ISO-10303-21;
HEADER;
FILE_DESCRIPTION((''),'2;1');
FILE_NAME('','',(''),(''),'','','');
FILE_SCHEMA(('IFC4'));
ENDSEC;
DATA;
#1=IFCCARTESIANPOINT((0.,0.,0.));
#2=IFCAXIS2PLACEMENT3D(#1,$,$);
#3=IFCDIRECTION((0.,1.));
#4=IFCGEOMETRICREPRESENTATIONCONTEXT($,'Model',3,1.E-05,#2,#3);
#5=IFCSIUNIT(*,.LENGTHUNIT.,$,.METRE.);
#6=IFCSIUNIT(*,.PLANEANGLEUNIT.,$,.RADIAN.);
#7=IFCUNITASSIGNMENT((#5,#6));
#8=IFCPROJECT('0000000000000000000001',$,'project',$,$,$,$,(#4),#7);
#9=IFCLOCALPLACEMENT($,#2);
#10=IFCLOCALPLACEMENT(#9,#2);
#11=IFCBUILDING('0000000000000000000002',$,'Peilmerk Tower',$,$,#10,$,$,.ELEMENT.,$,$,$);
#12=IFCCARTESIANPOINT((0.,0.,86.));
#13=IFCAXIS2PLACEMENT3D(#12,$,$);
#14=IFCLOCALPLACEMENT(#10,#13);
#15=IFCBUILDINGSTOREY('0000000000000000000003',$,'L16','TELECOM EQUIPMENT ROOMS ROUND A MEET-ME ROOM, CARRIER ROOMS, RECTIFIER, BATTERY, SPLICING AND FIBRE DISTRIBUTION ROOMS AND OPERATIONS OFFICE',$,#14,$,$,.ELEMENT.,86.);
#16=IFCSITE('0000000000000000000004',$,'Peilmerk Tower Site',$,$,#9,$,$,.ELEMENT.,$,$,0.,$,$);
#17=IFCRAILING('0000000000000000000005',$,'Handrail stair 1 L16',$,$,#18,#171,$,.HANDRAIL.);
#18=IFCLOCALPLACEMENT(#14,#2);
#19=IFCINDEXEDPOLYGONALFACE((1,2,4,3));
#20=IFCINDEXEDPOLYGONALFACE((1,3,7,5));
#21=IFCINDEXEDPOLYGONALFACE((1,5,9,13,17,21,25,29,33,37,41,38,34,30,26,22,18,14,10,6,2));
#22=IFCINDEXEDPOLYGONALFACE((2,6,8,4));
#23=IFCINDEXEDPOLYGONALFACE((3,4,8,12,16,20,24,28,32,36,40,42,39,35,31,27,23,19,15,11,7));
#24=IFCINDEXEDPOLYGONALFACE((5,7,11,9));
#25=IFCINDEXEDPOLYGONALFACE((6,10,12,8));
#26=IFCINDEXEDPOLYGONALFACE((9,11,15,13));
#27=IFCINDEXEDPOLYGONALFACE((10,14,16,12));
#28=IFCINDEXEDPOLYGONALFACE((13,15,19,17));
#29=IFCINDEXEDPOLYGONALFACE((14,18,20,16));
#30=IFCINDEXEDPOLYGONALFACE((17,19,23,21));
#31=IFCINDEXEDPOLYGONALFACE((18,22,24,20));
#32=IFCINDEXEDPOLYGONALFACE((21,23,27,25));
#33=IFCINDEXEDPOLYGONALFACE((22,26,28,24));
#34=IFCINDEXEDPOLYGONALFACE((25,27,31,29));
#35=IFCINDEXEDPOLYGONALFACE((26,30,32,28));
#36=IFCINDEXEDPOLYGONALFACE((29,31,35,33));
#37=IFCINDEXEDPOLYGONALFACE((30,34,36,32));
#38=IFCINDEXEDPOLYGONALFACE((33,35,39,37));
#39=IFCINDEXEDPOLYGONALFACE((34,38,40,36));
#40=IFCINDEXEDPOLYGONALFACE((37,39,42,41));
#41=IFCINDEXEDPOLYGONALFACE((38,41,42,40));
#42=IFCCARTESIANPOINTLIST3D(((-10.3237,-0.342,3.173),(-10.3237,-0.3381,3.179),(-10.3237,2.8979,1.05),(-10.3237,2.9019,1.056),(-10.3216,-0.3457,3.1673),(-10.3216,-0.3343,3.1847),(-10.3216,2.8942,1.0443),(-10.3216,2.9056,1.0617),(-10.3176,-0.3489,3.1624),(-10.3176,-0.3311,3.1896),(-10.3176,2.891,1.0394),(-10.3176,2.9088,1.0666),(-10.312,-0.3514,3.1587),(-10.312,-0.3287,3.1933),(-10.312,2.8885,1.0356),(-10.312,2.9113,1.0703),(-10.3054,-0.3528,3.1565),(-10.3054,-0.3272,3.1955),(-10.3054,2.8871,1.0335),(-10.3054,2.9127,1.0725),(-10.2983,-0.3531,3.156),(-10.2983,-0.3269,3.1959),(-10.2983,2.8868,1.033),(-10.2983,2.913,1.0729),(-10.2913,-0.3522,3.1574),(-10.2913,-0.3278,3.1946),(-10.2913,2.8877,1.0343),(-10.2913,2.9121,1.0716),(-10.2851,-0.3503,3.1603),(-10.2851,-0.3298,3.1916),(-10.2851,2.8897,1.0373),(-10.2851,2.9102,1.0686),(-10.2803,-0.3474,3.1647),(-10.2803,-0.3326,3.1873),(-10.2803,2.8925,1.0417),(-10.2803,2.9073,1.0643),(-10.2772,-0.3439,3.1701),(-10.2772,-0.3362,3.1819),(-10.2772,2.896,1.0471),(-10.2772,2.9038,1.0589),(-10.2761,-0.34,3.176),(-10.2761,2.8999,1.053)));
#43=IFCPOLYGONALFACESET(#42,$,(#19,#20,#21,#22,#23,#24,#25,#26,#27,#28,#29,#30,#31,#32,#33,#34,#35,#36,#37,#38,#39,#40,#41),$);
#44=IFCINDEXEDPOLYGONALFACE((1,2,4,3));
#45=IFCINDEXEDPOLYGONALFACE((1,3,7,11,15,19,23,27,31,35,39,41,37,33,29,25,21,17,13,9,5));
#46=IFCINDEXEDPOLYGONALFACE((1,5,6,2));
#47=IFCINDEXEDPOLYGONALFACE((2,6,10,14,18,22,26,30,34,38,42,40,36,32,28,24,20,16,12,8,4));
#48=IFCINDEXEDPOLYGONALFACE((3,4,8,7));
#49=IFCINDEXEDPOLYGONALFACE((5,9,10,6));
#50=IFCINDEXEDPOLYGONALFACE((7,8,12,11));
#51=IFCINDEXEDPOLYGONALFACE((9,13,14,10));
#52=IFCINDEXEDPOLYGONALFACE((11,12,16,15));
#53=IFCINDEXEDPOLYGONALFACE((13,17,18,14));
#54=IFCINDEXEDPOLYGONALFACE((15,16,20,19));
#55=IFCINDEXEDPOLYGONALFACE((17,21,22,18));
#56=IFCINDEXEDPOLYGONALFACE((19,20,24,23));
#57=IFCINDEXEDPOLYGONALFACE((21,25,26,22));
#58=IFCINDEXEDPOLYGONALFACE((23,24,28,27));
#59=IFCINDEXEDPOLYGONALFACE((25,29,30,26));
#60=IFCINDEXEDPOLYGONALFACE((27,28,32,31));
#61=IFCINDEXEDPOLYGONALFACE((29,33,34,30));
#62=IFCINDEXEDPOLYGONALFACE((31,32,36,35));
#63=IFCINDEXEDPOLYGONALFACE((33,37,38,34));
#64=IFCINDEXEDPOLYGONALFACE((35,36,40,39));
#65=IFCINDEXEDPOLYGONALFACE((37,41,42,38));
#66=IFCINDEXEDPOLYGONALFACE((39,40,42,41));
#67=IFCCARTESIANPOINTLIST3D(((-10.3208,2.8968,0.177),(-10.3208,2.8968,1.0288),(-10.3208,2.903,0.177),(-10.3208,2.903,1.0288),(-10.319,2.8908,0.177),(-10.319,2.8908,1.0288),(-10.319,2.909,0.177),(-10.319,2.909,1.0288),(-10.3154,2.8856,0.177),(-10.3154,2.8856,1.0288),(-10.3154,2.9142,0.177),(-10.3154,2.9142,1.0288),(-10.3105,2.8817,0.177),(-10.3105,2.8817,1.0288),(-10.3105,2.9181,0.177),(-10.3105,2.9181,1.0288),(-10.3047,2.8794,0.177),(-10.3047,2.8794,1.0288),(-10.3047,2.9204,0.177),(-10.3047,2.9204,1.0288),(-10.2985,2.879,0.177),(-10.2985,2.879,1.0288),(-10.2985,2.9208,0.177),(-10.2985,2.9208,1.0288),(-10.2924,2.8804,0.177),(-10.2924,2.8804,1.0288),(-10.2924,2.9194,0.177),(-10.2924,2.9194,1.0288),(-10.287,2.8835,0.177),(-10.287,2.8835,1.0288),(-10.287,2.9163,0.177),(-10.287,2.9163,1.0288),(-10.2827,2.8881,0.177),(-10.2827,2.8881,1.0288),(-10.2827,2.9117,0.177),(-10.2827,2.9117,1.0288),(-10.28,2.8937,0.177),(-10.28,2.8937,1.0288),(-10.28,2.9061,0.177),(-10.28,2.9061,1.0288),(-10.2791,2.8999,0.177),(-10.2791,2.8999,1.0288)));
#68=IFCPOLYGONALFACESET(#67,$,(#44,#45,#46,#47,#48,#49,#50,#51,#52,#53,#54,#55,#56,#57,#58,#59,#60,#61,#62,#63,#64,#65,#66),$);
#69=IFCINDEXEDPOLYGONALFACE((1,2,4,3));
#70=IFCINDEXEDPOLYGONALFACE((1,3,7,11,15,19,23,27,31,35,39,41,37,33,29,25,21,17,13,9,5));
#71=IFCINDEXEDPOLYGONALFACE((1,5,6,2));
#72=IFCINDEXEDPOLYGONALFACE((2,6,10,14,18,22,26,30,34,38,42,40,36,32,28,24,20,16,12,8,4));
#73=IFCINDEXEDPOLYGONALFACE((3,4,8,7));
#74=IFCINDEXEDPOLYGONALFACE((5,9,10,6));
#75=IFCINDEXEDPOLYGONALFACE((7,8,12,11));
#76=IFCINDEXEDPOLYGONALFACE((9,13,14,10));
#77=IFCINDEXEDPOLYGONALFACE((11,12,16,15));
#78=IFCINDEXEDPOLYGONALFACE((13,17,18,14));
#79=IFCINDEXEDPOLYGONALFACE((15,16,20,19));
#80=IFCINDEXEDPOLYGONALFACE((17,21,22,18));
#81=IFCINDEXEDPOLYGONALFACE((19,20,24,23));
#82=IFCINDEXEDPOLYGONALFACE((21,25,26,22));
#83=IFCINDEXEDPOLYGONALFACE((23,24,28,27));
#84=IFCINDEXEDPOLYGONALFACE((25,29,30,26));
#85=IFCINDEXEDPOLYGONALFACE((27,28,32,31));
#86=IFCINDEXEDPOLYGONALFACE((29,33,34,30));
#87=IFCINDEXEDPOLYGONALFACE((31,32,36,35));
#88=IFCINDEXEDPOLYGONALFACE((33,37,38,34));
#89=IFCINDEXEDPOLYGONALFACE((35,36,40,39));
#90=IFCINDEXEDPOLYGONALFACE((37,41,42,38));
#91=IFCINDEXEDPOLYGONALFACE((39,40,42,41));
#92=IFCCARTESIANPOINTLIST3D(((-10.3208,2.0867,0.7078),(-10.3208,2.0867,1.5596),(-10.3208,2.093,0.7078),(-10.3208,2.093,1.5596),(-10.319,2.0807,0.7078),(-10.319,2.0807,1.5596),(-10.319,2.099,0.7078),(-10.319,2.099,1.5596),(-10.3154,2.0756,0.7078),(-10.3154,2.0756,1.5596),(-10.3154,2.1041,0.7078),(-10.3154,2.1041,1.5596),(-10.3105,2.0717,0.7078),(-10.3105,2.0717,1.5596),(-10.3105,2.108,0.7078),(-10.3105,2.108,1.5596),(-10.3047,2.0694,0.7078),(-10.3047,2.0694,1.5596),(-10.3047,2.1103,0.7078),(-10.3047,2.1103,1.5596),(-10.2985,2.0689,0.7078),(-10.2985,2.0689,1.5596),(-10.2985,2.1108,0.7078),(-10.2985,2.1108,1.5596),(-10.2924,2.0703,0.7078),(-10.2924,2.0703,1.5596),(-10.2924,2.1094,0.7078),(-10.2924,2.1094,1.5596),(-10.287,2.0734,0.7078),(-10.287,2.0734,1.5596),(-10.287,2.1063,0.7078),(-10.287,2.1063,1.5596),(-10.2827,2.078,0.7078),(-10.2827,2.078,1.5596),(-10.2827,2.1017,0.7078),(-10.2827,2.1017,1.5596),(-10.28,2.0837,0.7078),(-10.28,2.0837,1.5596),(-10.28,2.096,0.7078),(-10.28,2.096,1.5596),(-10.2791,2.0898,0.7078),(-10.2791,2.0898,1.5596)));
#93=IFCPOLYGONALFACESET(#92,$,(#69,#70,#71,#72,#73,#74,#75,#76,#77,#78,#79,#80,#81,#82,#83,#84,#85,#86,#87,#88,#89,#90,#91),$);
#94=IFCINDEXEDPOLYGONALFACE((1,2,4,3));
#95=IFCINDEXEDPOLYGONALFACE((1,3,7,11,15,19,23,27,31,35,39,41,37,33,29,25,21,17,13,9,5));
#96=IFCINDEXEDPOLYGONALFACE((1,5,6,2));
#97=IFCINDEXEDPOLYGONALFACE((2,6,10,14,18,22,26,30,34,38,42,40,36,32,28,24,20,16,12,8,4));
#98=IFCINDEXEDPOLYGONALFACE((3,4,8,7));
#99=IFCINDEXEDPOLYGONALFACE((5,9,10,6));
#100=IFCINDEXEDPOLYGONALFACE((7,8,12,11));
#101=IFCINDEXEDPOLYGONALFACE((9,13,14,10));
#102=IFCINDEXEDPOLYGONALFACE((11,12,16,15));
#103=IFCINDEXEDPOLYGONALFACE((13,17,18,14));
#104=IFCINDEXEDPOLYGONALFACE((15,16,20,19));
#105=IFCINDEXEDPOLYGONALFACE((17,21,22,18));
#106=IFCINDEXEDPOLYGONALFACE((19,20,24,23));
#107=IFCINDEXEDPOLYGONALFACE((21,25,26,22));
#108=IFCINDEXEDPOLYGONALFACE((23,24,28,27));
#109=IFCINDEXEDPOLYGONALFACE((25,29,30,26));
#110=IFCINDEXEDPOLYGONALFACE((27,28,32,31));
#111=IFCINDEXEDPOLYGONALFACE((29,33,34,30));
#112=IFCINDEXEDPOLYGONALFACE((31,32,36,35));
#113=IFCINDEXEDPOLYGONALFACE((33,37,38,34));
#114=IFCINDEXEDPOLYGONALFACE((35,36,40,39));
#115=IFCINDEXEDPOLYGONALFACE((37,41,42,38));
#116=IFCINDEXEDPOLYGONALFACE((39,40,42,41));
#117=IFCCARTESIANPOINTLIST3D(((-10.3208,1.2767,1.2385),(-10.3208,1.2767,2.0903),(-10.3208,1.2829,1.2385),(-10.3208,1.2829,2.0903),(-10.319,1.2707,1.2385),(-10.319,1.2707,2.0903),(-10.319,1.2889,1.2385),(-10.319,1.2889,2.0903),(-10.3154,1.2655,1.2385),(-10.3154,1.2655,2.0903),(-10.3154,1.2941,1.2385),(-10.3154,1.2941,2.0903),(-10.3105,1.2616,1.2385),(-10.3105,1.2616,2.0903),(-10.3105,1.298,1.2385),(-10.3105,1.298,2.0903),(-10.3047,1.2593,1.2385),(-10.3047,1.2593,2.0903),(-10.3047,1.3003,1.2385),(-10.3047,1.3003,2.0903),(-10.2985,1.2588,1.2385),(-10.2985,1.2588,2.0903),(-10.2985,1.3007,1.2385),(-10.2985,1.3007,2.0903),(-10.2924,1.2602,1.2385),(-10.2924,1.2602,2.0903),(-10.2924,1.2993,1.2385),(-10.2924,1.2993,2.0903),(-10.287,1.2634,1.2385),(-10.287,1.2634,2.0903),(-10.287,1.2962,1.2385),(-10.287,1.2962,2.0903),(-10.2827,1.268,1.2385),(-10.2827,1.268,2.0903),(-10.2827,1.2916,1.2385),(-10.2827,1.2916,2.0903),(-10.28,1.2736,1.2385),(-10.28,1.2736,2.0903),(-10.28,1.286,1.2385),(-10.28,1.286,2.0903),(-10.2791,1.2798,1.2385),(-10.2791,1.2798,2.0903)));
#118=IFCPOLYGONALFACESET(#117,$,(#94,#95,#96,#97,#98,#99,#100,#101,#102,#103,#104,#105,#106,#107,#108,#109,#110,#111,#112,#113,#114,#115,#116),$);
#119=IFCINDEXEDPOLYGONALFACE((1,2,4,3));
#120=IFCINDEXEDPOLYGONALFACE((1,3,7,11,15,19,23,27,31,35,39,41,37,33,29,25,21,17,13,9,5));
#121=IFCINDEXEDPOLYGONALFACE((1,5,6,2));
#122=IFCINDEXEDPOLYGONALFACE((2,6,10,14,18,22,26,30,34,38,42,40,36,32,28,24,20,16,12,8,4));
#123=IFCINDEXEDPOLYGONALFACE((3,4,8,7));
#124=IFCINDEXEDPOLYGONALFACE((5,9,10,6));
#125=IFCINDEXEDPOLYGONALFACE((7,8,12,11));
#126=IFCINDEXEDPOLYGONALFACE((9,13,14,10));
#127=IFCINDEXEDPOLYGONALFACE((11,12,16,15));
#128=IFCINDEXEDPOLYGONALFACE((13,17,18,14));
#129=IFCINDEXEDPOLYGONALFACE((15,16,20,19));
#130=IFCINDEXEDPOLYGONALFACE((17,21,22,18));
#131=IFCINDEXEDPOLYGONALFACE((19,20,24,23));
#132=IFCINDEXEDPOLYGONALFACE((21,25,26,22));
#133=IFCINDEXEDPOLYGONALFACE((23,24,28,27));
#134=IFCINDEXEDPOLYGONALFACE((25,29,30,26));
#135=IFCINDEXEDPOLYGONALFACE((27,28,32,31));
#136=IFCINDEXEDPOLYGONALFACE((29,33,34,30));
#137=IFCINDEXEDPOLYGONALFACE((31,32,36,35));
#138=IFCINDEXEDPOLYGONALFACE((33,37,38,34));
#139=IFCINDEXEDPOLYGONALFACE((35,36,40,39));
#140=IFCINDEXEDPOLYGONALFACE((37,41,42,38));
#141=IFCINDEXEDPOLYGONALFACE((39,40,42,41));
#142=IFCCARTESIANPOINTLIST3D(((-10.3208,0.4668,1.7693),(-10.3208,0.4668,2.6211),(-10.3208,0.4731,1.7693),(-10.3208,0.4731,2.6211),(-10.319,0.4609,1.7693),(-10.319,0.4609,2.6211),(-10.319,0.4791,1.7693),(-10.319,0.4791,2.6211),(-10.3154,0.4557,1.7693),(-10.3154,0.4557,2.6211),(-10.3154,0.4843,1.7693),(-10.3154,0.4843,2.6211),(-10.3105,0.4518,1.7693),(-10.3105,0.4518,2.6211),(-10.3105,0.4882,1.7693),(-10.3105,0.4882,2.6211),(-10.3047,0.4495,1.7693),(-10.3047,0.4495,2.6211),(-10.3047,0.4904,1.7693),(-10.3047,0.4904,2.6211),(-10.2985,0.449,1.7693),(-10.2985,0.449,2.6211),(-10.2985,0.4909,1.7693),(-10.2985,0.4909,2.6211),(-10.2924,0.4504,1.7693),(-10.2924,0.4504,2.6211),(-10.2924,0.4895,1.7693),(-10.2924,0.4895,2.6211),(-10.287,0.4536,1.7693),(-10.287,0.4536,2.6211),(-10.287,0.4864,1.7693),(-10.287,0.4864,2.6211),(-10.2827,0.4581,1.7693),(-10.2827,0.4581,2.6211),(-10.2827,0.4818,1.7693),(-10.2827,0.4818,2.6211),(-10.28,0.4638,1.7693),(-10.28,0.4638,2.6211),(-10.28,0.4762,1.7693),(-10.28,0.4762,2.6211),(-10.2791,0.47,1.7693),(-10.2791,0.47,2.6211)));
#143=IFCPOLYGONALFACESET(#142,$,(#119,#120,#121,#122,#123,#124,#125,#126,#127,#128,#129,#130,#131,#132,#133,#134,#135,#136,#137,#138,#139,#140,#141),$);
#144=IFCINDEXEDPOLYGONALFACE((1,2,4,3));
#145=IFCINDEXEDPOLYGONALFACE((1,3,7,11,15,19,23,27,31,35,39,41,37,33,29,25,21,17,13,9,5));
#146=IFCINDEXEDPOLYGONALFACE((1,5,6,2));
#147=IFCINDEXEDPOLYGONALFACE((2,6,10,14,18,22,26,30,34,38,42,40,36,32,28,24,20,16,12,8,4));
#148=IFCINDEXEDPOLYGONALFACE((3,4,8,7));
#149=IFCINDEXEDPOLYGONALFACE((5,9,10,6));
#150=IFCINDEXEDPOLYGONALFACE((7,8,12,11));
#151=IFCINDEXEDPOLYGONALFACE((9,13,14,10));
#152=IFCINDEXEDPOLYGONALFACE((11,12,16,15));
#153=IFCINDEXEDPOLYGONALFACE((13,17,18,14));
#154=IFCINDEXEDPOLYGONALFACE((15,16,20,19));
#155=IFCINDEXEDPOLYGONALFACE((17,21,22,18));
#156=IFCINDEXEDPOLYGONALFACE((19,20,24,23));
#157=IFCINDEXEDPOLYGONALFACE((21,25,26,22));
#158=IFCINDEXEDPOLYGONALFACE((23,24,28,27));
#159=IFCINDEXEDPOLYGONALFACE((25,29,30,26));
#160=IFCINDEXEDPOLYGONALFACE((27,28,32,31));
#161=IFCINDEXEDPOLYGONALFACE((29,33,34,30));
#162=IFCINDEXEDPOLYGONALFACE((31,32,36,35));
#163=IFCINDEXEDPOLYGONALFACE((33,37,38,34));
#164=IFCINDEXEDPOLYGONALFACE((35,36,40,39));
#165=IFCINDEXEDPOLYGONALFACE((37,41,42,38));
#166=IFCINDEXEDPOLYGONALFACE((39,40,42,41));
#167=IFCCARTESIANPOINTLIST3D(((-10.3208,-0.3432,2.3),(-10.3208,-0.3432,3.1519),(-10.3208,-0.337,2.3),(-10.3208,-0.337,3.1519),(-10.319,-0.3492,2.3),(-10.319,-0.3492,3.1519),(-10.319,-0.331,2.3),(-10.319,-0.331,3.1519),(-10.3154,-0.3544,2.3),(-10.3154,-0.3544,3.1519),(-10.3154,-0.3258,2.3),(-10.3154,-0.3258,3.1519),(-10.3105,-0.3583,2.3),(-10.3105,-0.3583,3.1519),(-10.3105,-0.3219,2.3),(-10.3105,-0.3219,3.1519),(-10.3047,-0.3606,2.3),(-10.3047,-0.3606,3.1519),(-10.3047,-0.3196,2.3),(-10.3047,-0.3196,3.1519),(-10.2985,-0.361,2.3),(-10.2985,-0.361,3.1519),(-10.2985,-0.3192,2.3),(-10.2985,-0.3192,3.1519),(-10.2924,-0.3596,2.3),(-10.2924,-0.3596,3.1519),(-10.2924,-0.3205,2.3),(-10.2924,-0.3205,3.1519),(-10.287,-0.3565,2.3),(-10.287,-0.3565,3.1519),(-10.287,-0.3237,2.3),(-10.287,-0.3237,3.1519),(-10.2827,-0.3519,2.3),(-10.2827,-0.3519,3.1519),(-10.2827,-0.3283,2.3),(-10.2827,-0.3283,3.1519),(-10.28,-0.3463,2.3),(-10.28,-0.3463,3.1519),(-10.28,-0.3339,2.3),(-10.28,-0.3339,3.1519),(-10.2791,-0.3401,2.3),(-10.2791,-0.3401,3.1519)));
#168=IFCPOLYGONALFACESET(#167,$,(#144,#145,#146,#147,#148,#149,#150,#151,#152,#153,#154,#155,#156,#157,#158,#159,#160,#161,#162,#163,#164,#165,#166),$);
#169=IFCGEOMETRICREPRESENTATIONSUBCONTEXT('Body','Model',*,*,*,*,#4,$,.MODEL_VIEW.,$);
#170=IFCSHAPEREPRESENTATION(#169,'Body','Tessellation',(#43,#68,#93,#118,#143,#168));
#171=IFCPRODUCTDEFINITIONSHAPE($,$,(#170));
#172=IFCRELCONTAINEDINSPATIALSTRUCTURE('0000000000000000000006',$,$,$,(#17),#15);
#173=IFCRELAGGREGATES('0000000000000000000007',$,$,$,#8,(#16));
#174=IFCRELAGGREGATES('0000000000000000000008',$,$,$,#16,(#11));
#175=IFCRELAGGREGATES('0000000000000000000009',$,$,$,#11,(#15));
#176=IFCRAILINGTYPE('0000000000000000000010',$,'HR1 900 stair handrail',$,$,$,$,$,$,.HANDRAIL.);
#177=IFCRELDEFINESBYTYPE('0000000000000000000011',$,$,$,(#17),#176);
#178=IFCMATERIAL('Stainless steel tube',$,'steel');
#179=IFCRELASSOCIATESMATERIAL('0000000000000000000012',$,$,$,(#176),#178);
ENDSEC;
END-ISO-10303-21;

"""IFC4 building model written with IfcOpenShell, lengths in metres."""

from ifc_helpers import new_model, si_unit, direction, frame, origin, origin_2d, place, context, subcontext, project, spatial, circle, extrude, material, type_object, element, save


model = new_model("IFC4")

# Units and contexts
model_context = context("Model", 3, precision=1e-05, world=origin(), true_north=direction((0.0, 1.0)))
body_context = subcontext(model_context, "Body", "Model", "MODEL_VIEW")
ifc_project = project(units=[si_unit("LENGTHUNIT", "METRE"), si_unit("PLANEANGLEUNIT", "RADIAN")], contexts=[model_context])

# Site, building, storey
site_placement = place(None, origin())
site = spatial("IfcSite", under=ifc_project, at=site_placement, Name="Peilmerk Tower Site", CompositionType="ELEMENT", RefElevation=0.0)
building_placement = place(site_placement, origin())
building = spatial("IfcBuilding", under=site, at=building_placement, Name="Peilmerk Tower", CompositionType="ELEMENT")
storey_placement = place(building_placement, frame((0.0, 0.0, 86.0)))
storey = spatial("IfcBuildingStorey", under=building, at=storey_placement, Name="L16", Description="TELECOM EQUIPMENT ROOMS ROUND A MEET-ME ROOM, CARRIER ROOMS, RECTIFIER, BATTERY, SPLICING AND FIBRE DISTRIBUTION ROOMS AND OPERATIONS OFFICE", CompositionType="ELEMENT", Elevation=86.0)

# Railing
ifc_material_1 = material(Name="Stainless steel tube", Category="steel")
railing_type_1 = type_object("IfcRailingType", Name="HR1 900 stair handrail", PredefinedType="HANDRAIL", material=ifc_material_1)
railing_1_placement = place(storey_placement, frame((-10.3, 2.8999, 0.177)))
element("IfcRailing", 1, at=railing_1_placement, inside=storey, type_object=railing_type_1, Name="Handrail stair 1 L16", PredefinedType="HANDRAIL", context=body_context, shape_type="SweptSolid", body=[
    extrude(circle(Radius=0.0239, at=origin_2d()), frame((0.0, 0.0, 0.876), z_axis=(0.0, -0.836426, 0.548079), x_axis=(1.0, 0.0, 0.0)), (0.0, 0.0, 1.0), 3.8735),
    extrude(circle(Radius=0.021, at=origin_2d()), origin(), (0.0, 0.0, 1.0), 0.8518),
    extrude(circle(Radius=0.021, at=origin_2d()), frame((0.0, -0.8101, 0.5308)), (0.0, 0.0, 1.0), 0.8518),
    extrude(circle(Radius=0.021, at=origin_2d()), frame((0.0, -1.6201, 1.0615)), (0.0, 0.0, 1.0), 0.8518),
    extrude(circle(Radius=0.021, at=origin_2d()), frame((0.0, -2.4299, 1.5923)), (0.0, 0.0, 1.0), 0.8518),
    extrude(circle(Radius=0.021, at=origin_2d()), frame((0.0, -3.24, 2.123)), (0.0, 0.0, 1.0), 0.8518),
])

save(model, "model.ifc")
